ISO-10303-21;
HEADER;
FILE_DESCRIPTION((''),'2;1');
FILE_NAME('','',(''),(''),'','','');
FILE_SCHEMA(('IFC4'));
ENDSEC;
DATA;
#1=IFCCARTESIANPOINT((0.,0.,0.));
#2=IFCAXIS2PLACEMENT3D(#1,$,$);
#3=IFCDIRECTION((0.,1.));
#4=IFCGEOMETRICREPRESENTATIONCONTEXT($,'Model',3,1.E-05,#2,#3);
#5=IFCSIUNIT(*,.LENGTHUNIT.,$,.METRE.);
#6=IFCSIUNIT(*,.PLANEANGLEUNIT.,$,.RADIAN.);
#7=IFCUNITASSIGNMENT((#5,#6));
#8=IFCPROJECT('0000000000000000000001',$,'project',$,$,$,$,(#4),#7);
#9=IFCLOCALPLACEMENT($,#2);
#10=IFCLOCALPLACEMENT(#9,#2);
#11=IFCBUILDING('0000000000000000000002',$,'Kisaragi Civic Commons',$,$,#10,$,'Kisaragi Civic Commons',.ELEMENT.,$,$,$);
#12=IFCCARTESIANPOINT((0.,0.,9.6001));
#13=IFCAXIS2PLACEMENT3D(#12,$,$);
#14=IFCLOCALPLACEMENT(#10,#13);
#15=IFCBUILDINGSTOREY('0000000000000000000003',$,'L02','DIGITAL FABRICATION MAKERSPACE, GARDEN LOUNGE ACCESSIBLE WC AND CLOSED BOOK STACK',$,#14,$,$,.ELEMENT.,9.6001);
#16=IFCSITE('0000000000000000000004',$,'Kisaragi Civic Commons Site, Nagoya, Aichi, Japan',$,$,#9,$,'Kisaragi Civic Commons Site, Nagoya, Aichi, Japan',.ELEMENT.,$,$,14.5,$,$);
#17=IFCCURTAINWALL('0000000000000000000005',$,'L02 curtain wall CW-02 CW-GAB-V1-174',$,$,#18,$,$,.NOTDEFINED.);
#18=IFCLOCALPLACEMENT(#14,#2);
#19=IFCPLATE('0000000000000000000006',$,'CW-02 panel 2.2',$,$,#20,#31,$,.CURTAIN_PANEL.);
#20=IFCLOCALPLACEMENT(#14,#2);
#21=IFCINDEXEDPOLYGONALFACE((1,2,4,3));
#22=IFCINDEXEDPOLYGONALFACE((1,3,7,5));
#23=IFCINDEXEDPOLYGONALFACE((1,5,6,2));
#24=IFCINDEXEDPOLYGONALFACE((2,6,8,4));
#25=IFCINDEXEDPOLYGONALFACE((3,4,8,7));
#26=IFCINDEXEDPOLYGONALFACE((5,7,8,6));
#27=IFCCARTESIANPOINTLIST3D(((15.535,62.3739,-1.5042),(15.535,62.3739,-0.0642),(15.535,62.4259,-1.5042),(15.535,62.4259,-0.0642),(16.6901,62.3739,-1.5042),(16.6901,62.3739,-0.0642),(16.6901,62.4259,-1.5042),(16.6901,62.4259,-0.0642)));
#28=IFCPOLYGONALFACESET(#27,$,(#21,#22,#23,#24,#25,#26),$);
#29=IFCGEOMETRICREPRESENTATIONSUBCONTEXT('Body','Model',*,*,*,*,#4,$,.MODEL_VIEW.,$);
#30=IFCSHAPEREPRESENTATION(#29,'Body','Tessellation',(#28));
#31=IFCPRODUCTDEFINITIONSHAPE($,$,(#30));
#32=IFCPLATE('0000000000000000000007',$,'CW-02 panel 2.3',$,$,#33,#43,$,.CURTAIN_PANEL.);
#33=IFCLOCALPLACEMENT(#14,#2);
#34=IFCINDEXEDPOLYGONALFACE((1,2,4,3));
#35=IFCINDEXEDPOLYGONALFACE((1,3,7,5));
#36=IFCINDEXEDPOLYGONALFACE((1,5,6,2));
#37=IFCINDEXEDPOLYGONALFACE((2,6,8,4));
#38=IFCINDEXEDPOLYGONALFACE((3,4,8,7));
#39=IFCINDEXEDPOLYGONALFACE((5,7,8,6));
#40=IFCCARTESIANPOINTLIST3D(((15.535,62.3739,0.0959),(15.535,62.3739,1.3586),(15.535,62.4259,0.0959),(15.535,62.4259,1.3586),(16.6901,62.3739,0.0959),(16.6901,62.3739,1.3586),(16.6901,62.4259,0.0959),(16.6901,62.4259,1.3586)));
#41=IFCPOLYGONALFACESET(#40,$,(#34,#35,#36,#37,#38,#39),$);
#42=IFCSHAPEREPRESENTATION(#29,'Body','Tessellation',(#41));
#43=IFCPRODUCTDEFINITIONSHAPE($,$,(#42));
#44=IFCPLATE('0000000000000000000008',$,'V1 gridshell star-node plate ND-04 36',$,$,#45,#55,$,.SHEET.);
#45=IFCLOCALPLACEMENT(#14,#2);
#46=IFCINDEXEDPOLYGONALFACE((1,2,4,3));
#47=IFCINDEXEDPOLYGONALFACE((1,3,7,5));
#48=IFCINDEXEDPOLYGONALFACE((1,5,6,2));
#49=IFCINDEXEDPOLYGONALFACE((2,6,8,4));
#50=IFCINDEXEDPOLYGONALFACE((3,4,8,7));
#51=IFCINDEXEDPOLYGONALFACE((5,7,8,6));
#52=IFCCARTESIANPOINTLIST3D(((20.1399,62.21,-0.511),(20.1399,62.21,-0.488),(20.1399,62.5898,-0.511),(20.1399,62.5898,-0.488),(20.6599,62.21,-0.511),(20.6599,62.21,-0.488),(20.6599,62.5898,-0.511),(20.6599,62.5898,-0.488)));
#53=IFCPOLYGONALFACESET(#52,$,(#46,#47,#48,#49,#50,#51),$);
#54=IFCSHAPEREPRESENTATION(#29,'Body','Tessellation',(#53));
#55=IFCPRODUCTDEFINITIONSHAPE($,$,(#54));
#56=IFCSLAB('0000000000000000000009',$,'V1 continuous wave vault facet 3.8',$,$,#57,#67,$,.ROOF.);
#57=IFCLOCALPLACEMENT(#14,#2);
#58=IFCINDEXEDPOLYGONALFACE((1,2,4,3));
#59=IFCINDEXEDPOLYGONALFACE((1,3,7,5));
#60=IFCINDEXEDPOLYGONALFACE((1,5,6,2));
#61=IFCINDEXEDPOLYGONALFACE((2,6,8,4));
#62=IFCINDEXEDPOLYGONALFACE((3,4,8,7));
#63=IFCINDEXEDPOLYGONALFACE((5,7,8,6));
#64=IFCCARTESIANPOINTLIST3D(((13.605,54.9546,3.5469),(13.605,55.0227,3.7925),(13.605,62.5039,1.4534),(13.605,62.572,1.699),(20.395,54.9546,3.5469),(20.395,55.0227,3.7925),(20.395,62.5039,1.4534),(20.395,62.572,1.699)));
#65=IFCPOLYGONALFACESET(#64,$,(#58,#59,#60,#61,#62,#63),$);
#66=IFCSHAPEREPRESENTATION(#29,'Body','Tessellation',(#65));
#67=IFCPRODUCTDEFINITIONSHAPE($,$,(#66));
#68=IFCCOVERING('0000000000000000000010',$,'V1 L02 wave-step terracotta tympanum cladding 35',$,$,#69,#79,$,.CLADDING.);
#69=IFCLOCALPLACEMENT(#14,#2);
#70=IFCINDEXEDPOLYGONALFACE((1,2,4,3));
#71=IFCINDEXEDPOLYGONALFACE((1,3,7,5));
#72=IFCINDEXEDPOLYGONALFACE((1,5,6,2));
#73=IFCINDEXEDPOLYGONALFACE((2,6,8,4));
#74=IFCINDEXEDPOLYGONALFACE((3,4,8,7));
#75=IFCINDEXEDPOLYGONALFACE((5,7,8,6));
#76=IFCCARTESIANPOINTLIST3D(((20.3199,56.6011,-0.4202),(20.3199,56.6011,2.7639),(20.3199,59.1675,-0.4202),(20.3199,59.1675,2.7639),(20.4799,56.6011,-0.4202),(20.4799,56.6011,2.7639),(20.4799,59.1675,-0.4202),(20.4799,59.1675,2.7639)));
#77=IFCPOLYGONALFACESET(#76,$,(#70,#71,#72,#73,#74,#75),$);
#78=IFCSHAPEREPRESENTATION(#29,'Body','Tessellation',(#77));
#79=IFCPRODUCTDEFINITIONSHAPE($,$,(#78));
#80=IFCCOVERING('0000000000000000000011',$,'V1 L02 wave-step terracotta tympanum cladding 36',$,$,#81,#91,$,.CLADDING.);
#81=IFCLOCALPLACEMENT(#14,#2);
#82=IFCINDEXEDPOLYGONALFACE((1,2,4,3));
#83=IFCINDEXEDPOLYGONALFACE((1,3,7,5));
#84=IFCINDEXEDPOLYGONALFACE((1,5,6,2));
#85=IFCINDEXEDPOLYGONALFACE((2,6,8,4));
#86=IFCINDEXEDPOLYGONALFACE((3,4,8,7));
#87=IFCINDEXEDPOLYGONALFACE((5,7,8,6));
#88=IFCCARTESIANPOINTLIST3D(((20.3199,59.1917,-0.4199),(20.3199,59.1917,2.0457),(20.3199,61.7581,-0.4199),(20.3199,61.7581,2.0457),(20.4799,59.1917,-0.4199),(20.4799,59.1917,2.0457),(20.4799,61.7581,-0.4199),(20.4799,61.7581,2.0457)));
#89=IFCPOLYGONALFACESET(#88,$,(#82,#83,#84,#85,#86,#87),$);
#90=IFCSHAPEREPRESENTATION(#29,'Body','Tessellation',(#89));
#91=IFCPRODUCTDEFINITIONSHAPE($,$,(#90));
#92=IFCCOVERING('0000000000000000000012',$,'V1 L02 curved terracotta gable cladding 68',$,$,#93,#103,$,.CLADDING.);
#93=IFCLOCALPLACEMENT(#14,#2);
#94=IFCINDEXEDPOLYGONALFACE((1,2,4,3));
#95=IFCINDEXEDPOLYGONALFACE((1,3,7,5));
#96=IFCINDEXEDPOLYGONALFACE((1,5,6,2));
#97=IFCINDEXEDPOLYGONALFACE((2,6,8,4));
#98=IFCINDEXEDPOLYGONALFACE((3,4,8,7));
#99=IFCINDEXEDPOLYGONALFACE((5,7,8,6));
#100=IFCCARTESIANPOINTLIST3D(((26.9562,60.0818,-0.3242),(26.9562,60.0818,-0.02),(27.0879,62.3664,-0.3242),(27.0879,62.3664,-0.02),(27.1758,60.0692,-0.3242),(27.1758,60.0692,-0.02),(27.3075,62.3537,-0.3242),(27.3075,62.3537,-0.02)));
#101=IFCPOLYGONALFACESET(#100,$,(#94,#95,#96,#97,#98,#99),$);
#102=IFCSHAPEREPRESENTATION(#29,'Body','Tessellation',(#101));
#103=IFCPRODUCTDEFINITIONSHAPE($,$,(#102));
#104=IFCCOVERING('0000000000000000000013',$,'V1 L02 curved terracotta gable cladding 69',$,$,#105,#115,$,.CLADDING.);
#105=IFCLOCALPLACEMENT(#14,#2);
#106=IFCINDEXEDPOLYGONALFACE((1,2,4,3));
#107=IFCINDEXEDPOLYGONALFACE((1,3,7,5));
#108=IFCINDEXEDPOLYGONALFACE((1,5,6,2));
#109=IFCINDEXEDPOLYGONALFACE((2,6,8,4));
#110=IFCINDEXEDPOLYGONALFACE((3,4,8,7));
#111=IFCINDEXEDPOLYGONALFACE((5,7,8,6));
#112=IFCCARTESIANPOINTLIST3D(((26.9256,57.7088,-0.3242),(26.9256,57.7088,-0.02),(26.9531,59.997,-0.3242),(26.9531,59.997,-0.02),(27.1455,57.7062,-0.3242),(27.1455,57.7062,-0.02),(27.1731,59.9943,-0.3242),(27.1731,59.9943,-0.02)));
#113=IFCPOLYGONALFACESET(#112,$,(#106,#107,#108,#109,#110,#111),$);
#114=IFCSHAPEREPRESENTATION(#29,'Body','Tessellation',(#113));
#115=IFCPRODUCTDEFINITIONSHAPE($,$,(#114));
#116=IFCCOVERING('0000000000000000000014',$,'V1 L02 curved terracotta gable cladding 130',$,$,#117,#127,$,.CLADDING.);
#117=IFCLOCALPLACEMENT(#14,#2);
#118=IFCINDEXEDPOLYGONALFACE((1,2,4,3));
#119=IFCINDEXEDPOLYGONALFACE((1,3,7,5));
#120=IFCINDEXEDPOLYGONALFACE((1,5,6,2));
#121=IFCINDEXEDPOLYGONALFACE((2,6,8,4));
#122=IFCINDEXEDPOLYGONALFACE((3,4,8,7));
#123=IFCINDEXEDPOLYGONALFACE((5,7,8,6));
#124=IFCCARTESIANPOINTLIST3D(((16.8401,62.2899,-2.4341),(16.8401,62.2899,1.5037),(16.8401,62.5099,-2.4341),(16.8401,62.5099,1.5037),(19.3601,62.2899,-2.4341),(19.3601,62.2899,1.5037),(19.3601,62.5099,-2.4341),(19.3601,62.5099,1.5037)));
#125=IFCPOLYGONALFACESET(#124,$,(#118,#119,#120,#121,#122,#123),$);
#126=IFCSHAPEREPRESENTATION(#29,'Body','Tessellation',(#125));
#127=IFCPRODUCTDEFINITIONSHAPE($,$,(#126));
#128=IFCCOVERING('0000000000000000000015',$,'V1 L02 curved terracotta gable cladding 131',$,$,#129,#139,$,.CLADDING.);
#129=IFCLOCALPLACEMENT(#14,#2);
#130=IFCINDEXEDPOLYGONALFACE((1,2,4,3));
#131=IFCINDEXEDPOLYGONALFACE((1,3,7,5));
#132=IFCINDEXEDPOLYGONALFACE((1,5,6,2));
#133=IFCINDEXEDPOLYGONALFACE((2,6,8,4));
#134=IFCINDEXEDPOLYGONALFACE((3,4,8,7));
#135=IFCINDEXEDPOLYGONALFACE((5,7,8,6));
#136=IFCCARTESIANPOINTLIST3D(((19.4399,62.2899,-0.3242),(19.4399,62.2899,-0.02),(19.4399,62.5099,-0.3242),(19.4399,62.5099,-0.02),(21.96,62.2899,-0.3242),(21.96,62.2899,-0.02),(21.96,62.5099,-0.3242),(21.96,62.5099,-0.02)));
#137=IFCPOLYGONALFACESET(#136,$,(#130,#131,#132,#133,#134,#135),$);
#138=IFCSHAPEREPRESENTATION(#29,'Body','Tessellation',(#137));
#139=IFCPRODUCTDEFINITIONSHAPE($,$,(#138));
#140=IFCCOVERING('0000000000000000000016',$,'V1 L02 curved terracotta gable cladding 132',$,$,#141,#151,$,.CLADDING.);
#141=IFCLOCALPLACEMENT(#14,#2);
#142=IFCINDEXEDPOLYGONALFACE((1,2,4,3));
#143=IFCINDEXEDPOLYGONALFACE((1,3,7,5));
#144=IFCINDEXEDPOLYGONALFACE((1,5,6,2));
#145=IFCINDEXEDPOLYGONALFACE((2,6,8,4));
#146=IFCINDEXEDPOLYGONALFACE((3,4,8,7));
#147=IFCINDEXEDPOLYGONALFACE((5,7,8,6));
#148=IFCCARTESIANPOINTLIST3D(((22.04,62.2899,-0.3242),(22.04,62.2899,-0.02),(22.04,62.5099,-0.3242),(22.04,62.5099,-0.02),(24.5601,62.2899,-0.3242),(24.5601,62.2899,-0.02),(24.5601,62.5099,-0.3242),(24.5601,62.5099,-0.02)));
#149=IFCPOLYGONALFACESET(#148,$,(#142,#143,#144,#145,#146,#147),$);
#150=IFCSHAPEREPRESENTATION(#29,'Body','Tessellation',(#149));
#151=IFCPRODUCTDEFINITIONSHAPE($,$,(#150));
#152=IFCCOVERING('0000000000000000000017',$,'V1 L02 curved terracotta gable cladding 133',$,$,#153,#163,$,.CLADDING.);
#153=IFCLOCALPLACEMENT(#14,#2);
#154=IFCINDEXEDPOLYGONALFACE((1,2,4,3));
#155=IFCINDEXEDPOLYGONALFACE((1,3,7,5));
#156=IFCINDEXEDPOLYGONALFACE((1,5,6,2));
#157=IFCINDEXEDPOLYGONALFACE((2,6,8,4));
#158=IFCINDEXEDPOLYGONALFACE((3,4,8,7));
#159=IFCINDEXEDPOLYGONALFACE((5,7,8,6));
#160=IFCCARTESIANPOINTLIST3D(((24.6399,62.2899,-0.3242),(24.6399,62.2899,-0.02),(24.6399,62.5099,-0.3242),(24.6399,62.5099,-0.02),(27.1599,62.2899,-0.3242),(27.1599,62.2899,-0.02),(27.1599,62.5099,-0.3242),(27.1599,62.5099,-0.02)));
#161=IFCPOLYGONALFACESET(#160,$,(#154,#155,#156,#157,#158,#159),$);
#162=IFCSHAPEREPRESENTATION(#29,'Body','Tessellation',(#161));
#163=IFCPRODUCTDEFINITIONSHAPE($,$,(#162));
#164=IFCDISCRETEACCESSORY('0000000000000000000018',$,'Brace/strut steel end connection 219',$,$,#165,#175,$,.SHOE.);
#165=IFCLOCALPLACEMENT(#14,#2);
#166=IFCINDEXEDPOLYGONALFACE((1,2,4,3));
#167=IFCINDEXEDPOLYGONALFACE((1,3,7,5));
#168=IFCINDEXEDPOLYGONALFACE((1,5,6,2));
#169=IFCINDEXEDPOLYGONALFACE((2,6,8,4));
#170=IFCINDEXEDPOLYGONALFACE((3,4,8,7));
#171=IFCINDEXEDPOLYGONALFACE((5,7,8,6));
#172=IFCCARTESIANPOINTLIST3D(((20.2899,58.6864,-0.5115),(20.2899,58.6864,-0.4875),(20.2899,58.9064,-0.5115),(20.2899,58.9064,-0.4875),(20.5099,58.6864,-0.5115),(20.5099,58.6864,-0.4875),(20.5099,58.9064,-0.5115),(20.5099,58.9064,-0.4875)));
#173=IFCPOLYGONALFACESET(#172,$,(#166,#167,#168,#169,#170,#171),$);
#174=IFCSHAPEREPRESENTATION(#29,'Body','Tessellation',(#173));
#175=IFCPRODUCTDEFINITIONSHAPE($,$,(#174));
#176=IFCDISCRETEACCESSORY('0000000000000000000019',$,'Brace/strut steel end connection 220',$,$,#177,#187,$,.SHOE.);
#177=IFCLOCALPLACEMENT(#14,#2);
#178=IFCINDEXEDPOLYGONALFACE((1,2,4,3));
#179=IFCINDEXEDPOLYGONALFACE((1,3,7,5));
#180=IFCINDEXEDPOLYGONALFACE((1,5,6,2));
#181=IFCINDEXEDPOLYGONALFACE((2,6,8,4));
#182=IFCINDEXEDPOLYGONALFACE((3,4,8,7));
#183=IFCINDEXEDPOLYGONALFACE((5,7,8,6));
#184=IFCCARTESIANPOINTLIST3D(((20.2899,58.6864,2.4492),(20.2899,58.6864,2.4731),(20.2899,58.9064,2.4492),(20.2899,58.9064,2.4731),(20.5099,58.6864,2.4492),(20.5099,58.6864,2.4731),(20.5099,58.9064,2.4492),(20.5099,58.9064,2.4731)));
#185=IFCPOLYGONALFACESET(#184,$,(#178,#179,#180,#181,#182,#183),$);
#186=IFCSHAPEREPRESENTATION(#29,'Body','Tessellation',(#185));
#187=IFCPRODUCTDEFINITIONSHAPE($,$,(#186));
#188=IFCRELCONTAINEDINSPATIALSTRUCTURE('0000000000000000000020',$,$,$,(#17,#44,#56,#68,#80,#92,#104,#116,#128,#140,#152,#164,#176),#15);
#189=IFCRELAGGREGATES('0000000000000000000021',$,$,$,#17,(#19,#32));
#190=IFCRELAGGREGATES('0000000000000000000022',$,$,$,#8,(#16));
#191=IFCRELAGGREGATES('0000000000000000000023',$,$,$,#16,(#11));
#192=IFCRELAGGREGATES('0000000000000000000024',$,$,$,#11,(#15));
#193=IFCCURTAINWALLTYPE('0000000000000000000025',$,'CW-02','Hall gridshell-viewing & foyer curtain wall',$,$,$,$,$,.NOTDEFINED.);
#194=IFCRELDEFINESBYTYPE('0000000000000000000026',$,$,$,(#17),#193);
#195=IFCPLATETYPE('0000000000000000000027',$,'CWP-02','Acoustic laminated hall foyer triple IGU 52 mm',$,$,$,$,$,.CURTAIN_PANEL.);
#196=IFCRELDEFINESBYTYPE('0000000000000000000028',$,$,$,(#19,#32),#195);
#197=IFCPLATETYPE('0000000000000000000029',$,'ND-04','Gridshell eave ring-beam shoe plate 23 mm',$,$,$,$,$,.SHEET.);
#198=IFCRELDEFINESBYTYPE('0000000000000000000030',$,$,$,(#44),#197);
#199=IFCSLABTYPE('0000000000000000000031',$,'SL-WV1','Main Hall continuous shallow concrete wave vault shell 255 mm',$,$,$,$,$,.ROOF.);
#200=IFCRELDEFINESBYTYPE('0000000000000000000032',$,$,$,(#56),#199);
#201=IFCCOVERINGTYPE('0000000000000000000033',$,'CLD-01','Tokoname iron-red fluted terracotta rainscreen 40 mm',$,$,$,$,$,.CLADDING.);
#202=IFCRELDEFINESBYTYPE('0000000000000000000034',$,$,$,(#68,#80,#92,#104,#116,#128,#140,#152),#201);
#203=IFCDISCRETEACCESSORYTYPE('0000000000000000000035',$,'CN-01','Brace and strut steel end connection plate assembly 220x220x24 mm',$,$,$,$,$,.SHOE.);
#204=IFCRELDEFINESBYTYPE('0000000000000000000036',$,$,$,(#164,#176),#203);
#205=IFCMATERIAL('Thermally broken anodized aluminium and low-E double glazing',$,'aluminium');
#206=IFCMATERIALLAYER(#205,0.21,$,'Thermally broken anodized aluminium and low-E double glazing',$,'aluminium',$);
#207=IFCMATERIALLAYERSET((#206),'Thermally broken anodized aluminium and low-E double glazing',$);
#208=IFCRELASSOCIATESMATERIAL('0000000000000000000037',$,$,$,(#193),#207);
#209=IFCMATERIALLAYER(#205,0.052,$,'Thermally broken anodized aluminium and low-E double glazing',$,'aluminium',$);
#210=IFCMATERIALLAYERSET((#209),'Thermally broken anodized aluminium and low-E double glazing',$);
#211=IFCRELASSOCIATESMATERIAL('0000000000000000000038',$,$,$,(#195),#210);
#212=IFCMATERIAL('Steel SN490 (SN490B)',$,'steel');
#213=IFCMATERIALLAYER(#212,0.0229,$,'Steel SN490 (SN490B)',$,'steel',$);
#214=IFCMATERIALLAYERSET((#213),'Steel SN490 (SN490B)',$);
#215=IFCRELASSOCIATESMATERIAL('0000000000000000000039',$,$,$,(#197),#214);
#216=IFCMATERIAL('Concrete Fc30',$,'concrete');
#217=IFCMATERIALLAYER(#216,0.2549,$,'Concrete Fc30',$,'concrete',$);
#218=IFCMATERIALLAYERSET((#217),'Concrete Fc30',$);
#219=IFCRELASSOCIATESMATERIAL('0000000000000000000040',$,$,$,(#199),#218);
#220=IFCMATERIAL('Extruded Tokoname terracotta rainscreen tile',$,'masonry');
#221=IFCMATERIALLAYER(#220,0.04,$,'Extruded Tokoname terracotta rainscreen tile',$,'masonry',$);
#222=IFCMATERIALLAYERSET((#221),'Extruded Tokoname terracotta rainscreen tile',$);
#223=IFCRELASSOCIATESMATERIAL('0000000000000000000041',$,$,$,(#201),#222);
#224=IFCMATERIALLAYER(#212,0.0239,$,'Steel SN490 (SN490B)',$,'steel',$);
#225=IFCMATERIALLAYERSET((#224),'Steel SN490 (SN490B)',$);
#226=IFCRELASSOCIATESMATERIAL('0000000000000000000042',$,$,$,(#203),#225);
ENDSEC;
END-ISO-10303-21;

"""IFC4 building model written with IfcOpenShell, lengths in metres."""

from ifc_helpers import new_model, si_unit, direction, frame, origin, origin_2d, place, context, subcontext, project, spatial, polyline, rectangle, outline, extrude, material, layer, layer_set, type_object, element, aggregate, save


model = new_model("IFC4")

# Units and contexts
model_context = context("Model", 3, precision=1e-05, world=origin(), true_north=direction((0.0, 1.0)))
body_context = subcontext(model_context, "Body", "Model", "MODEL_VIEW")
ifc_project = project(units=[si_unit("LENGTHUNIT", "METRE"), si_unit("PLANEANGLEUNIT", "RADIAN")], contexts=[model_context])

# Site, building, storey
site_placement = place(None, origin())
site = spatial("IfcSite", under=ifc_project, at=site_placement, Name="Kisaragi Civic Commons Site, Nagoya, Aichi, Japan", LongName="Kisaragi Civic Commons Site, Nagoya, Aichi, Japan", CompositionType="ELEMENT", RefElevation=14.5)
building_placement = place(site_placement, origin())
building = spatial("IfcBuilding", under=site, at=building_placement, Name="Kisaragi Civic Commons", LongName="Kisaragi Civic Commons", CompositionType="ELEMENT")
storey_placement = place(building_placement, frame((0.0, 0.0, 9.6001)))
storey = spatial("IfcBuildingStorey", under=building, at=storey_placement, Name="L02", Description="DIGITAL FABRICATION MAKERSPACE, GARDEN LOUNGE ACCESSIBLE WC AND CLOSED BOOK STACK", CompositionType="ELEMENT", Elevation=9.6001)

# Curtain wall
ifc_material_1 = material(Name="Thermally broken anodized aluminium and low-E double glazing", Category="aluminium")
ifc_layer_1 = layer(ifc_material_1, 0.21, Name="Thermally broken anodized aluminium and low-E double glazing", Category="aluminium")
ifc_layer_set_1 = layer_set([ifc_layer_1], Name="Thermally broken anodized aluminium and low-E double glazing")
curtain_wall_type = type_object("IfcCurtainWallType", Name="CW-02", Description="Hall gridshell-viewing & foyer curtain wall", PredefinedType="NOTDEFINED", material=ifc_layer_set_1)
curtain_wall_placement = place(storey_placement, origin())
curtain_wall = element("IfcCurtainWall", 1, at=curtain_wall_placement, inside=storey, type_object=curtain_wall_type, Name="L02 curtain wall CW-02 CW-GAB-V1-174", PredefinedType="NOTDEFINED")

# Shared definitions
ifc_material_2 = material(Name="Steel SN490 (SN490B)", Category="steel")

# Plates
ifc_layer_2 = layer(ifc_material_1, 0.052, Name="Thermally broken anodized aluminium and low-E double glazing", Category="aluminium")
ifc_layer_set_2 = layer_set([ifc_layer_2], Name="Thermally broken anodized aluminium and low-E double glazing")
plate_type_1 = type_object("IfcPlateType", Name="CWP-02", Description="Acoustic laminated hall foyer triple IGU 52 mm", PredefinedType="CURTAIN_PANEL", material=ifc_layer_set_2)
plate_1_placement = place(storey_placement, frame((16.1125, 62.3999, -1.5042), z_axis=(0.0, 0.0, 1.0), x_axis=(1.0, 0.0, 0.0)))
plate_1 = element("IfcPlate", 2, at=plate_1_placement, type_object=plate_type_1, Name="CW-02 panel 2.2", PredefinedType="CURTAIN_PANEL", context=body_context, shape_type="SweptSolid", body=[
    extrude(rectangle(XDim=1.155, YDim=0.052, at=origin_2d()), origin(), (0.0, 0.0, 1.0), 1.4399),
])
plate_2_placement = place(storey_placement, frame((16.1125, 62.3999, 0.0959), z_axis=(0.0, 0.0, 1.0), x_axis=(1.0, 0.0, 0.0)))
plate_2 = element("IfcPlate", 3, at=plate_2_placement, type_object=plate_type_1, Name="CW-02 panel 2.3", PredefinedType="CURTAIN_PANEL", context=body_context, shape_type="SweptSolid", body=[
    extrude(rectangle(XDim=1.155, YDim=0.052, at=origin_2d()), origin(), (0.0, 0.0, 1.0), 1.2627),
])
aggregate(curtain_wall, [plate_1, plate_2])
ifc_layer_3 = layer(ifc_material_2, 0.0229, Name="Steel SN490 (SN490B)", Category="steel")
ifc_layer_set_3 = layer_set([ifc_layer_3], Name="Steel SN490 (SN490B)")
plate_type_2 = type_object("IfcPlateType", Name="ND-04", Description="Gridshell eave ring-beam shoe plate 23 mm", PredefinedType="SHEET", material=ifc_layer_set_3)
plate_3_placement = place(storey_placement, frame((20.3999, 62.3999, -0.511), z_axis=(0.0, 0.0, 1.0), x_axis=(1.0, 0.0, 0.0)))
element("IfcPlate", 4, at=plate_3_placement, inside=storey, type_object=plate_type_2, Name="V1 gridshell star-node plate ND-04 36", PredefinedType="SHEET", context=body_context, shape_type="SweptSolid", body=[
    extrude(rectangle(XDim=0.52, YDim=0.3799, at=origin_2d()), origin(), (0.0, 0.0, 1.0), 0.0229),
])

# Slab
ifc_material_3 = material(Name="Concrete Fc30", Category="concrete")
ifc_layer_4 = layer(ifc_material_3, 0.2549, Name="Concrete Fc30", Category="concrete")
ifc_layer_set_4 = layer_set([ifc_layer_4], Name="Concrete Fc30")
slab_type = type_object("IfcSlabType", Name="SL-WV1", Description="Main Hall continuous shallow concrete wave vault shell 255 mm", PredefinedType="ROOF", material=ifc_layer_set_4)
slab_placement = place(storey_placement, frame((20.395, 62.572, 1.699), z_axis=(0.0, 0.267226, 0.963634), x_axis=(-1.0, 0.0, 0.0)))
element("IfcSlab", 5, at=slab_placement, inside=storey, type_object=slab_type, Name="V1 continuous wave vault facet 3.8", PredefinedType="ROOF", context=body_context, shape_type="SweptSolid", body=[
    extrude(outline(polyline([(0.0, 0.0), (6.79, 0.0), (6.79, 7.8342), (0.0, 7.8342), (0.0, 0.0)])), origin(), (0.0, 0.0, -1.0), 0.2549),
])

# Coverings
ifc_material_4 = material(Name="Extruded Tokoname terracotta rainscreen tile", Category="masonry")
ifc_layer_5 = layer(ifc_material_4, 0.04, Name="Extruded Tokoname terracotta rainscreen tile", Category="masonry")
ifc_layer_set_5 = layer_set([ifc_layer_5], Name="Extruded Tokoname terracotta rainscreen tile")
covering_type = type_object("IfcCoveringType", Name="CLD-01", Description="Tokoname iron-red fluted terracotta rainscreen 40 mm", PredefinedType="CLADDING", material=ifc_layer_set_5)
covering_1_placement = place(storey_placement, frame((20.3999, 57.8843, -0.4202), z_axis=(0.0, 0.0, 1.0), x_axis=(0.0, 1.0, 0.0)))
element("IfcCovering", 6, at=covering_1_placement, inside=storey, type_object=covering_type, Name="V1 L02 wave-step terracotta tympanum cladding 35", PredefinedType="CLADDING", context=body_context, shape_type="SweptSolid", body=[
    extrude(rectangle(XDim=2.5664, YDim=0.1599, at=origin_2d()), origin(), (0.0, 0.0, 1.0), 3.1841),
])
covering_2_placement = place(storey_placement, frame((20.3999, 60.4749, -0.4199), z_axis=(0.0, 0.0, 1.0), x_axis=(0.0, 1.0, 0.0)))
element("IfcCovering", 7, at=covering_2_placement, inside=storey, type_object=covering_type, Name="V1 L02 wave-step terracotta tympanum cladding 36", PredefinedType="CLADDING", context=body_context, shape_type="SweptSolid", body=[
    extrude(rectangle(XDim=2.5664, YDim=0.1599, at=origin_2d()), origin(), (0.0, 0.0, 1.0), 2.4656),
])
for number, where, z_axis, x_axis, name in (
    (8, (27.1318, 61.2178, -0.3242), (0.0, 0.0, 1.0), (-0.057564, -0.998342, 0.0), "V1 L02 curved terracotta gable cladding 68"),
    (9, (27.0493, 58.8516, -0.3242), (0.0, 0.0, 1.0), (-0.012042, -0.999927, 0.0), "V1 L02 curved terracotta gable cladding 69"),
):
    element("IfcCovering", number, at=place(storey_placement, frame(where, z_axis=z_axis, x_axis=x_axis)), inside=storey, type_object=covering_type, Name=name, PredefinedType="CLADDING", context=body_context, shape_type="SweptSolid", body=[
        extrude(rectangle(XDim=2.2883, YDim=0.22, at=origin_2d()), origin(), (0.0, 0.0, 1.0), 0.3042),
    ])
covering_3_placement = place(storey_placement, frame((18.1001, 62.3999, -2.4341), z_axis=(0.0, 0.0, 1.0), x_axis=(1.0, 0.0, 0.0)))
element("IfcCovering", 10, at=covering_3_placement, inside=storey, type_object=covering_type, Name="V1 L02 curved terracotta gable cladding 130", PredefinedType="CLADDING", context=body_context, shape_type="SweptSolid", body=[
    extrude(rectangle(XDim=2.52, YDim=0.22, at=origin_2d()), origin(), (0.0, 0.0, 1.0), 3.9377),
])
for number, where, z_axis, x_axis, name in (
    (11, (20.7, 62.3999, -0.3242), (0.0, 0.0, 1.0), (1.0, 0.0, 0.0), "V1 L02 curved terracotta gable cladding 131"),
    (12, (23.3, 62.3999, -0.3242), (0.0, 0.0, 1.0), (1.0, 0.0, 0.0), "V1 L02 curved terracotta gable cladding 132"),
    (13, (25.8999, 62.3999, -0.3242), (0.0, 0.0, 1.0), (1.0, 0.0, 0.0), "V1 L02 curved terracotta gable cladding 133"),
):
    element("IfcCovering", number, at=place(storey_placement, frame(where, z_axis=z_axis, x_axis=x_axis)), inside=storey, type_object=covering_type, Name=name, PredefinedType="CLADDING", context=body_context, shape_type="SweptSolid", body=[
        extrude(rectangle(XDim=2.52, YDim=0.22, at=origin_2d()), origin(), (0.0, 0.0, 1.0), 0.3042),
    ])

# Discrete accessories
ifc_layer_6 = layer(ifc_material_2, 0.0239, Name="Steel SN490 (SN490B)", Category="steel")
ifc_layer_set_6 = layer_set([ifc_layer_6], Name="Steel SN490 (SN490B)")
discrete_accessory_type = type_object("IfcDiscreteAccessoryType", Name="CN-01", Description="Brace and strut steel end connection plate assembly 220x220x24 mm", PredefinedType="SHOE", material=ifc_layer_set_6)
for number, where, z_axis, x_axis, name in (
    (14, (20.3999, 58.7964, -0.5115), (0.0, 0.0, 1.0), (1.0, 0.0, 0.0), "Brace/strut steel end connection 219"),
    (15, (20.3999, 58.7964, 2.4492), (0.0, 0.0, 1.0), (1.0, 0.0, 0.0), "Brace/strut steel end connection 220"),
):
    element("IfcDiscreteAccessory", number, at=place(storey_placement, frame(where, z_axis=z_axis, x_axis=x_axis)), inside=storey, type_object=discrete_accessory_type, Name=name, PredefinedType="SHOE", context=body_context, shape_type="SweptSolid", body=[
        extrude(rectangle(XDim=0.22, YDim=0.22, at=origin_2d()), origin(), (0.0, 0.0, 1.0), 0.0239),
    ])

save(model, "model.ifc")
